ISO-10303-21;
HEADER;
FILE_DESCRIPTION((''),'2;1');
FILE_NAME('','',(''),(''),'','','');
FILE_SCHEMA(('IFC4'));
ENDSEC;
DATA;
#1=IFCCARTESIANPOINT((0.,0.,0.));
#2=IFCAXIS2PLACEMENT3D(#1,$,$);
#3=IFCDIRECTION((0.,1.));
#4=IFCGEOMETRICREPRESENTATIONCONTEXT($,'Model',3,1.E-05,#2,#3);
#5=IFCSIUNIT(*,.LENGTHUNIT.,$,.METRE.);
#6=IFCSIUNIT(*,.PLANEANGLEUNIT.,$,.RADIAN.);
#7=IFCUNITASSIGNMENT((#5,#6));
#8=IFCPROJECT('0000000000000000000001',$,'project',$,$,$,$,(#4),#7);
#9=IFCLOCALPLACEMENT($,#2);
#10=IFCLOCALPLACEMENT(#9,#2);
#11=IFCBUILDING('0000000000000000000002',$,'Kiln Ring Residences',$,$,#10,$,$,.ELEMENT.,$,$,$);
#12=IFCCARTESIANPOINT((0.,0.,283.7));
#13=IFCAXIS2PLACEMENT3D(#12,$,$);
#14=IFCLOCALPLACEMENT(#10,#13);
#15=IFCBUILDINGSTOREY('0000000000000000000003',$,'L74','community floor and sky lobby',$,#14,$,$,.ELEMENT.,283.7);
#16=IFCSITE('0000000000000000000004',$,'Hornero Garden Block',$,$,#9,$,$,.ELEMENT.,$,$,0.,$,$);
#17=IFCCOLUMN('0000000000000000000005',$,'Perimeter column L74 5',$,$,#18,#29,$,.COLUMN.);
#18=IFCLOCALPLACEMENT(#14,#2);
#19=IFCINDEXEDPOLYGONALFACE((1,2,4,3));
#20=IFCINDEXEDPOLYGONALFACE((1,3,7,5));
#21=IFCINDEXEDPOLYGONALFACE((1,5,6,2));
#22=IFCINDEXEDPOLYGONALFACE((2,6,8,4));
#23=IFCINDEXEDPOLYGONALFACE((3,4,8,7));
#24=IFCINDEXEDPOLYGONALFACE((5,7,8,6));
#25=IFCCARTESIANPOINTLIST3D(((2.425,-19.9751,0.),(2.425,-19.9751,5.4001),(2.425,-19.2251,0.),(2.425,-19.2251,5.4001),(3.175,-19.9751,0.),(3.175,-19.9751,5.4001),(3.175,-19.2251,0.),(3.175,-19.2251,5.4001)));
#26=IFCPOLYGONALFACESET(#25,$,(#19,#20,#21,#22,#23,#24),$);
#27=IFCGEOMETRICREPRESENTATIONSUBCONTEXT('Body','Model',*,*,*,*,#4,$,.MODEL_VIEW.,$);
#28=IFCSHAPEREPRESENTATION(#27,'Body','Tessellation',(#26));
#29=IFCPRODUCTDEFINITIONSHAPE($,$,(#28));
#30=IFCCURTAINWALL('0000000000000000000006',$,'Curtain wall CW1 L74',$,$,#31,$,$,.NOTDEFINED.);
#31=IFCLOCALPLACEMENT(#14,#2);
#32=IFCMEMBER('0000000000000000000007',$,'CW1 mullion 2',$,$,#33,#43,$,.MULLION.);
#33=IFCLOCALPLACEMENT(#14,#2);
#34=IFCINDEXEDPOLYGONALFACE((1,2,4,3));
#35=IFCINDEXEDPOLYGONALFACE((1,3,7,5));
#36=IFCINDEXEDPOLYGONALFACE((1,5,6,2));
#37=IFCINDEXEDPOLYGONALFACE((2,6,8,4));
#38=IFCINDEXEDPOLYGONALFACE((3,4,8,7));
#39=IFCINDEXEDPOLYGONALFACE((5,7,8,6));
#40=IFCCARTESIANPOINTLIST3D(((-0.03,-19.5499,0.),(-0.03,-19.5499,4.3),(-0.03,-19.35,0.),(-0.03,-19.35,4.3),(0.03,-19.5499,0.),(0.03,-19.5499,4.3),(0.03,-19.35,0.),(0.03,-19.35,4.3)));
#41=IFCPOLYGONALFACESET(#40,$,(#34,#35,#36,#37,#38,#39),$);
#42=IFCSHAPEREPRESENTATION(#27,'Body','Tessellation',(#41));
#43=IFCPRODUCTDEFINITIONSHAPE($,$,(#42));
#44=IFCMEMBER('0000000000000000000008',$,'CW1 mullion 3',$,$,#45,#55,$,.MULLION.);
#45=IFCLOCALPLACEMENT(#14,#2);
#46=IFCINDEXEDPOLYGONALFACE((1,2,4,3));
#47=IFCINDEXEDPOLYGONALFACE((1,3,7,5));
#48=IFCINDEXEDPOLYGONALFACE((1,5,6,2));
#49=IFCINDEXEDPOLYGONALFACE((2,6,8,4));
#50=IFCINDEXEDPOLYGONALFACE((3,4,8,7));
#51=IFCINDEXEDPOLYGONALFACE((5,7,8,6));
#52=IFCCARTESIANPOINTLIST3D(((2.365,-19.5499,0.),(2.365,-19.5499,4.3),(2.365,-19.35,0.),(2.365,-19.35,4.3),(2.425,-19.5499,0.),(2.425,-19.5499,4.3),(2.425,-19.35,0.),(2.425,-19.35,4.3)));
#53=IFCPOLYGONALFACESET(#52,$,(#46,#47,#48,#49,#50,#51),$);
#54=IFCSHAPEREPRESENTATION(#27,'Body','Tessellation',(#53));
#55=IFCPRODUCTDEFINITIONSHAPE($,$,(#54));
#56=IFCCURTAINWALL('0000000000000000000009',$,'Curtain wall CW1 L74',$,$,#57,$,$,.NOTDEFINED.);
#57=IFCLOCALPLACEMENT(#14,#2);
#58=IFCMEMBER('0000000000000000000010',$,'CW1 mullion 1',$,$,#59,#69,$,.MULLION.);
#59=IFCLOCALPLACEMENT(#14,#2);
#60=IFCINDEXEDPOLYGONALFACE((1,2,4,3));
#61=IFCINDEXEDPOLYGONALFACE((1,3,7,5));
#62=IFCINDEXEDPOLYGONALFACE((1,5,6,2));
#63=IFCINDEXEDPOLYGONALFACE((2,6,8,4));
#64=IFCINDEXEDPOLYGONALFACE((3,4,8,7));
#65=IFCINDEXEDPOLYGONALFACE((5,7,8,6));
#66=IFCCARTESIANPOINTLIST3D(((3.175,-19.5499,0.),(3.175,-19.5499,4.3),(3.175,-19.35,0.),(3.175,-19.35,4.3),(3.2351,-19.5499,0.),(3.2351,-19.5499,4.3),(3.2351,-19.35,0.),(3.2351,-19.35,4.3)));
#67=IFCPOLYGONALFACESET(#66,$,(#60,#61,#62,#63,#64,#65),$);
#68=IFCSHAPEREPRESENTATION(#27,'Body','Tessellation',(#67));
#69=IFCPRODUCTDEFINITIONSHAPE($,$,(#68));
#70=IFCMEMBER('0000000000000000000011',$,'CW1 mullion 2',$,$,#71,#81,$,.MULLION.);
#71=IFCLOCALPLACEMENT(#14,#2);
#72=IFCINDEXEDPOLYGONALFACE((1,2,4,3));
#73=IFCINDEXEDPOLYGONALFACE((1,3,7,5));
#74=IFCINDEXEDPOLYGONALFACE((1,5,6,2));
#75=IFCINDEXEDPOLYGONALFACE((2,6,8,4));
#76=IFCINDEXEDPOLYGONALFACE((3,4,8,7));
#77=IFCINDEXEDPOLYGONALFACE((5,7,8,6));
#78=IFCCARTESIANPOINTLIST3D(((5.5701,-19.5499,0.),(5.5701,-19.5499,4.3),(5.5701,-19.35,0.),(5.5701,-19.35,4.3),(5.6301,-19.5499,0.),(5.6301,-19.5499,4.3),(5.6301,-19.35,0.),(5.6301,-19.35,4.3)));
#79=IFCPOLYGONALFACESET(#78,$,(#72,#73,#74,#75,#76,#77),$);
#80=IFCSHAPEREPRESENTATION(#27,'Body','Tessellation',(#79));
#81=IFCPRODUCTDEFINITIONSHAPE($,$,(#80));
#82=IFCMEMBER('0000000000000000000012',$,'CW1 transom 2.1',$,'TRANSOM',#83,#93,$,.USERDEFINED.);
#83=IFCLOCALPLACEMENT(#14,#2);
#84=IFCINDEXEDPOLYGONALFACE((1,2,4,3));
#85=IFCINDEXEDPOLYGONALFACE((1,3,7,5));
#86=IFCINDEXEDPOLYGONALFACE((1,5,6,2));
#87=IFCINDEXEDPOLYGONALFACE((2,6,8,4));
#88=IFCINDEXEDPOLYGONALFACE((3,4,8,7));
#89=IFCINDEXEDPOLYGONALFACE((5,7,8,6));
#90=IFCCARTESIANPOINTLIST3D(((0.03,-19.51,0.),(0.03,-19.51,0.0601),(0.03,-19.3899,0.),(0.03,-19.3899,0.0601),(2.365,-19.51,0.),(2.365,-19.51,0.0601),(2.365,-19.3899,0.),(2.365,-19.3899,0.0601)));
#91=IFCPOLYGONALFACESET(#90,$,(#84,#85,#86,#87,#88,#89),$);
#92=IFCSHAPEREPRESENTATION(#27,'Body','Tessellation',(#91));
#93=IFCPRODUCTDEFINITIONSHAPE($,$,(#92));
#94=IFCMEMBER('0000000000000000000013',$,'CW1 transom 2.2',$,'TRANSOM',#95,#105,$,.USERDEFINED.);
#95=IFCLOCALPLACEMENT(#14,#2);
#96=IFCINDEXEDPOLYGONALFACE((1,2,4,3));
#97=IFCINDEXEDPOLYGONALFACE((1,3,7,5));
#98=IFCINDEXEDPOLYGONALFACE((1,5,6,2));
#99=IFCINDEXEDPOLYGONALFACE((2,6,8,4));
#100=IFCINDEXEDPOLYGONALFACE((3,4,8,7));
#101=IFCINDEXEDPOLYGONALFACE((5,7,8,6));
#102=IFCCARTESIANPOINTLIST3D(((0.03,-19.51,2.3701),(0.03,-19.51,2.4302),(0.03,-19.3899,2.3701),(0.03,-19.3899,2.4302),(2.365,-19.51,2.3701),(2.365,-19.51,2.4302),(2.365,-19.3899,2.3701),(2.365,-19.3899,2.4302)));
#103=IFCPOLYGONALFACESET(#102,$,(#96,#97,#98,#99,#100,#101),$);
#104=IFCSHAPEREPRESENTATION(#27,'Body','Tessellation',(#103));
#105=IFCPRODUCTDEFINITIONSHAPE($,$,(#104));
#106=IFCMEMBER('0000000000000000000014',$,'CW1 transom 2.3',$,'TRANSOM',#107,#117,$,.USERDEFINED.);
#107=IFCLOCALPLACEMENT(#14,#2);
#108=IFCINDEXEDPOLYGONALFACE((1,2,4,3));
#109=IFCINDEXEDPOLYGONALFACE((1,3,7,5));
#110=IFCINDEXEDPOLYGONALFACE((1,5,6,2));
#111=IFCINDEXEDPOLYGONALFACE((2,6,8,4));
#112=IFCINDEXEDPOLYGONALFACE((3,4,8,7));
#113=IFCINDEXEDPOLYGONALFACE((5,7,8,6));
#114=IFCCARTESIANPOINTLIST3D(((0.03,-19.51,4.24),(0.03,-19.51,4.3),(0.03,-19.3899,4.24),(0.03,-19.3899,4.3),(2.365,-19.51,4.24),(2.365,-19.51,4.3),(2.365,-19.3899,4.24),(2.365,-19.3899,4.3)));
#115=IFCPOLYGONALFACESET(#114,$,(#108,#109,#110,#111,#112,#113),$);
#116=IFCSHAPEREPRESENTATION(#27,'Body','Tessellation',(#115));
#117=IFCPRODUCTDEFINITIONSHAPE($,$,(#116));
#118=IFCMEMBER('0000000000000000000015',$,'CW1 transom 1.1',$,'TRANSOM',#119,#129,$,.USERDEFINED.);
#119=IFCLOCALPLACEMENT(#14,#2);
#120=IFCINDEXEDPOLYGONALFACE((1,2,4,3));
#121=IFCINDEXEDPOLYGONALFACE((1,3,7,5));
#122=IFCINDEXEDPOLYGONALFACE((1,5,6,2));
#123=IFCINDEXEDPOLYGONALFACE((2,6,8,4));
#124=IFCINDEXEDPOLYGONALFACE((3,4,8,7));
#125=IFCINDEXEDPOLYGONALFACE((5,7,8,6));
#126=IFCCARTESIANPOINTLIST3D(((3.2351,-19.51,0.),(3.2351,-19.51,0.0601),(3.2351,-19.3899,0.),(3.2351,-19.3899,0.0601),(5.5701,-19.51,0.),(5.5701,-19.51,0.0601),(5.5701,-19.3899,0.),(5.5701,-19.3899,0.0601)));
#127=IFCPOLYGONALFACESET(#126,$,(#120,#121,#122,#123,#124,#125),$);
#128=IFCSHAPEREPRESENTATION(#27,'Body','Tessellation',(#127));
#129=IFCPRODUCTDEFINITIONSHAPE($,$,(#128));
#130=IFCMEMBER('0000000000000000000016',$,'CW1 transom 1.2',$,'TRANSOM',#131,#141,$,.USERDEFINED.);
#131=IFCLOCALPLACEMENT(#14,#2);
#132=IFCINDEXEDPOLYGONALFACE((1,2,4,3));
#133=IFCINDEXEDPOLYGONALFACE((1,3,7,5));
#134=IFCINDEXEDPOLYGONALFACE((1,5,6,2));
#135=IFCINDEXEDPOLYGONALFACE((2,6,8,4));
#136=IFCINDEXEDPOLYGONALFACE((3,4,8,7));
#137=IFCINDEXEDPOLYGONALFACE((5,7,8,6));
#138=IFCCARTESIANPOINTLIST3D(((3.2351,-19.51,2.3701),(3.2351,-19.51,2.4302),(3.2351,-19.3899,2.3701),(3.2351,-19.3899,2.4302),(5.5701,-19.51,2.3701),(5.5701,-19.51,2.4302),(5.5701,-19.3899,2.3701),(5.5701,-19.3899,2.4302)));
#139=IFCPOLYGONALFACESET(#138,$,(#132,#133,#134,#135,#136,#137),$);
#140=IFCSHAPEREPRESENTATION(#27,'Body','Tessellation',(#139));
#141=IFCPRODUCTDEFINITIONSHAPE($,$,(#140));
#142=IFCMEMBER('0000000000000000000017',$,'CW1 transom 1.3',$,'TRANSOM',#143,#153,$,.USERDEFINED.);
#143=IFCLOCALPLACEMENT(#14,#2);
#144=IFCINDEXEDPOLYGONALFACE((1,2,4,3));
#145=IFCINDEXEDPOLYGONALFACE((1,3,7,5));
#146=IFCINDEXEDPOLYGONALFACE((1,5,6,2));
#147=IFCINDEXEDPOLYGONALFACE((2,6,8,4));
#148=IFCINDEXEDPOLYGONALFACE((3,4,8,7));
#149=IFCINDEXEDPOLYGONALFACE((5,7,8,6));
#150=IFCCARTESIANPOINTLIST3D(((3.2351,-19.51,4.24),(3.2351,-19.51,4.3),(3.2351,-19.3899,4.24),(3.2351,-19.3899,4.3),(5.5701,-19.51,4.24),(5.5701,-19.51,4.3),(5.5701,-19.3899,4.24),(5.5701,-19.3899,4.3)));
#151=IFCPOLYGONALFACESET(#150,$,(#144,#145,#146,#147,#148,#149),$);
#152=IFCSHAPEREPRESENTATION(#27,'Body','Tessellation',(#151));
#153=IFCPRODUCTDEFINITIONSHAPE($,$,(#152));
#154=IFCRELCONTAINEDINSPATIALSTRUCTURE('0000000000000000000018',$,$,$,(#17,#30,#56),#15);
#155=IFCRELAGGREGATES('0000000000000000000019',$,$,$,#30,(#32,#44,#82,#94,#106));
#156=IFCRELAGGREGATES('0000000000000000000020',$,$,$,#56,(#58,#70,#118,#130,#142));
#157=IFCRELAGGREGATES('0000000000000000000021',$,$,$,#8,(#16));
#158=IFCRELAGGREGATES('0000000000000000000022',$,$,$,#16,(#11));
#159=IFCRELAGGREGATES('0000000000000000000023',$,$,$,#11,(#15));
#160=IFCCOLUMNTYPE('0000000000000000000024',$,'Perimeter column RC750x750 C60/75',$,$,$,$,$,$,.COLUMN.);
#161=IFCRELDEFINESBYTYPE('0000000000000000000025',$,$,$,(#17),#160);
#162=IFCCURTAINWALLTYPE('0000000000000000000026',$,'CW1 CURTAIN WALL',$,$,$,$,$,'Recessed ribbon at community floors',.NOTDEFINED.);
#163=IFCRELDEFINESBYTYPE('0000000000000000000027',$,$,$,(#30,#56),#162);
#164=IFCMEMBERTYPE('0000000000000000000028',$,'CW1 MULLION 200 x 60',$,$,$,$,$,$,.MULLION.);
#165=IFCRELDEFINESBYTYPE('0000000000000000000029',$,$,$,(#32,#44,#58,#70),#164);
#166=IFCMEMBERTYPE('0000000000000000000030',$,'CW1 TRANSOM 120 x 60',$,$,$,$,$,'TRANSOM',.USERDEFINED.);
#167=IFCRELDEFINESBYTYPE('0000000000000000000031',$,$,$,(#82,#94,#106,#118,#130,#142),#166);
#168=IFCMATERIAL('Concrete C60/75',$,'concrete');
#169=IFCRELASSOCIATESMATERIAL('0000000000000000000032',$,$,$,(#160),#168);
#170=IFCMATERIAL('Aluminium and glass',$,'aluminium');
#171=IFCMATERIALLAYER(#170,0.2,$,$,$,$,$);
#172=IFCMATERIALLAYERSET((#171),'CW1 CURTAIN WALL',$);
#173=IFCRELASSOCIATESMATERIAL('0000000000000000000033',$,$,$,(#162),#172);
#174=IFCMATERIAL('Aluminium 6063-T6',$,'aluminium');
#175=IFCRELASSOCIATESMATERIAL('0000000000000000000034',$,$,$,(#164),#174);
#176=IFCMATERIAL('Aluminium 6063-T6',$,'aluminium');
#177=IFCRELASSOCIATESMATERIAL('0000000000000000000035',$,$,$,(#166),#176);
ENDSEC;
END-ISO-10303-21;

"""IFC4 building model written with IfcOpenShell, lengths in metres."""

from ifc_helpers import new_model, si_unit, direction, frame, origin, origin_2d, place, context, subcontext, project, spatial, rectangle, extrude, material, layer, layer_set, material_profile, profile_set, type_object, element, aggregate, save


model = new_model("IFC4")

# Units and contexts
model_context = context("Model", 3, precision=1e-05, world=origin(), true_north=direction((0.0, 1.0)))
body_context = subcontext(model_context, "Body", "Model", "MODEL_VIEW")
ifc_project = project(units=[si_unit("LENGTHUNIT", "METRE"), si_unit("PLANEANGLEUNIT", "RADIAN")], contexts=[model_context])

# Site, building, storey
site_placement = place(None, origin())
site = spatial("IfcSite", under=ifc_project, at=site_placement, Name="Hornero Garden Block", CompositionType="ELEMENT", RefElevation=0.0)
building_placement = place(site_placement, origin())
building = spatial("IfcBuilding", under=site, at=building_placement, Name="Kiln Ring Residences", CompositionType="ELEMENT")
storey_placement = place(building_placement, frame((0.0, 0.0, 283.7)))
storey = spatial("IfcBuildingStorey", under=building, at=storey_placement, Name="L74", Description="community floor and sky lobby", CompositionType="ELEMENT", Elevation=283.7)

# Column
ifc_material_1 = material(Name="Concrete C60/75", Category="concrete")
ifc_material_profile_1 = material_profile(ifc_material_1, rectangle(XDim=0.75, YDim=0.75, at=origin_2d()), Name="RC750x750")
ifc_profile_set_1 = profile_set([ifc_material_profile_1], Name="Concrete C60/75")
column_type = type_object("IfcColumnType", Name="Perimeter column RC750x750 C60/75", PredefinedType="COLUMN", material=ifc_profile_set_1)
column_placement = place(storey_placement, frame((2.8, -19.6001, 0.0), z_axis=(0.0, 0.0, 1.0), x_axis=(1.0, 0.0, 0.0)))
element("IfcColumn", 1, at=column_placement, inside=storey, type_object=column_type, Name="Perimeter column L74 5", PredefinedType="COLUMN", context=body_context, shape_type="SweptSolid", body=[
    extrude(rectangle(XDim=0.75, YDim=0.75, at=origin_2d()), origin(), (0.0, 0.0, 1.0), 5.4001),
])

# Curtain walls, members
ifc_material_2 = material(Name="Aluminium and glass", Category="aluminium")
ifc_layer_1 = layer(ifc_material_2, 0.2)
ifc_layer_set_1 = layer_set([ifc_layer_1], Name="CW1 CURTAIN WALL")
curtain_wall_type = type_object("IfcCurtainWallType", Name="CW1 CURTAIN WALL", ElementType="Recessed ribbon at community floors", PredefinedType="NOTDEFINED", material=ifc_layer_set_1)
placement = place(storey_placement, origin())
curtain_wall_1 = element("IfcCurtainWall", 2, at=placement, inside=storey, type_object=curtain_wall_type, Name="Curtain wall CW1 L74", PredefinedType="NOTDEFINED")
ifc_material_3 = material(Name="Aluminium 6063-T6", Category="aluminium")
ifc_material_profile_2 = material_profile(ifc_material_3, rectangle(XDim=0.2, YDim=0.0601, at=origin_2d()), Name="AL 200x60")
ifc_profile_set_2 = profile_set([ifc_material_profile_2], Name="Aluminium 6063-T6")
member_type_1 = type_object("IfcMemberType", Name="CW1 MULLION 200 x 60", PredefinedType="MULLION", material=ifc_profile_set_2)
member_1_placement = place(storey_placement, frame((0.0, -19.45, 0.0), z_axis=(0.0, 0.0, 1.0), x_axis=(0.0, 1.0, 0.0)))
member_1 = element("IfcMember", 3, at=member_1_placement, type_object=member_type_1, Name="CW1 mullion 2", PredefinedType="MULLION", context=body_context, shape_type="SweptSolid", body=[
    extrude(rectangle(XDim=0.2, YDim=0.0601, at=origin_2d()), origin(), (0.0, 0.0, 1.0), 4.3),
])
member_2_placement = place(storey_placement, frame((2.395, -19.45, 0.0), z_axis=(0.0, 0.0, 1.0), x_axis=(0.0, 1.0, 0.0)))
member_2 = element("IfcMember", 4, at=member_2_placement, type_object=member_type_1, Name="CW1 mullion 3", PredefinedType="MULLION", context=body_context, shape_type="SweptSolid", body=[
    extrude(rectangle(XDim=0.2, YDim=0.0601, at=origin_2d()), origin(), (0.0, 0.0, 1.0), 4.3),
])
curtain_wall_2 = element("IfcCurtainWall", 5, at=placement, inside=storey, type_object=curtain_wall_type, Name="Curtain wall CW1 L74", PredefinedType="NOTDEFINED")
member_3_placement = place(storey_placement, frame((3.2051, -19.45, 0.0), z_axis=(0.0, 0.0, 1.0), x_axis=(0.0, 1.0, 0.0)))
member_3 = element("IfcMember", 6, at=member_3_placement, type_object=member_type_1, Name="CW1 mullion 1", PredefinedType="MULLION", context=body_context, shape_type="SweptSolid", body=[
    extrude(rectangle(XDim=0.2, YDim=0.0601, at=origin_2d()), origin(), (0.0, 0.0, 1.0), 4.3),
])
member_4_placement = place(storey_placement, frame((5.6001, -19.45, 0.0), z_axis=(0.0, 0.0, 1.0), x_axis=(0.0, 1.0, 0.0)))
member_4 = element("IfcMember", 7, at=member_4_placement, type_object=member_type_1, Name="CW1 mullion 2", PredefinedType="MULLION", context=body_context, shape_type="SweptSolid", body=[
    extrude(rectangle(XDim=0.2, YDim=0.0601, at=origin_2d()), origin(), (0.0, 0.0, 1.0), 4.3),
])

# Members
ifc_material_4 = material(Name="Aluminium 6063-T6", Category="aluminium")
ifc_material_profile_3 = material_profile(ifc_material_4, rectangle(XDim=0.1201, YDim=0.0601, at=origin_2d()), Name="AL 120x60")
ifc_profile_set_3 = profile_set([ifc_material_profile_3], Name="Aluminium 6063-T6")
member_type_2 = type_object("IfcMemberType", Name="CW1 TRANSOM 120 x 60", ElementType="TRANSOM", PredefinedType="USERDEFINED", material=ifc_profile_set_3)
member_5_placement = place(storey_placement, frame((0.03, -19.45, 0.03), z_axis=(1.0, 0.0, 0.0), x_axis=(0.0, 1.0, 0.0)))
member_5 = element("IfcMember", 8, at=member_5_placement, type_object=member_type_2, Name="CW1 transom 2.1", ObjectType="TRANSOM", PredefinedType="USERDEFINED", context=body_context, shape_type="SweptSolid", body=[
    extrude(rectangle(XDim=0.1201, YDim=0.0601, at=origin_2d()), origin(), (0.0, 0.0, 1.0), 2.335),
])
member_6_placement = place(storey_placement, frame((0.03, -19.45, 2.4001), z_axis=(1.0, 0.0, 0.0), x_axis=(0.0, 1.0, 0.0)))
member_6 = element("IfcMember", 9, at=member_6_placement, type_object=member_type_2, Name="CW1 transom 2.2", ObjectType="TRANSOM", PredefinedType="USERDEFINED", context=body_context, shape_type="SweptSolid", body=[
    extrude(rectangle(XDim=0.1201, YDim=0.0601, at=origin_2d()), origin(), (0.0, 0.0, 1.0), 2.335),
])
member_7_placement = place(storey_placement, frame((0.03, -19.45, 4.27), z_axis=(1.0, 0.0, 0.0), x_axis=(0.0, 1.0, 0.0)))
member_7 = element("IfcMember", 10, at=member_7_placement, type_object=member_type_2, Name="CW1 transom 2.3", ObjectType="TRANSOM", PredefinedType="USERDEFINED", context=body_context, shape_type="SweptSolid", body=[
    extrude(rectangle(XDim=0.1201, YDim=0.0601, at=origin_2d()), origin(), (0.0, 0.0, 1.0), 2.335),
])
member_8_placement = place(storey_placement, frame((3.2351, -19.45, 0.03), z_axis=(1.0, 0.0, 0.0), x_axis=(0.0, 1.0, 0.0)))
member_8 = element("IfcMember", 11, at=member_8_placement, type_object=member_type_2, Name="CW1 transom 1.1", ObjectType="TRANSOM", PredefinedType="USERDEFINED", context=body_context, shape_type="SweptSolid", body=[
    extrude(rectangle(XDim=0.1201, YDim=0.0601, at=origin_2d()), origin(), (0.0, 0.0, 1.0), 2.335),
])
member_9_placement = place(storey_placement, frame((3.2351, -19.45, 2.4001), z_axis=(1.0, 0.0, 0.0), x_axis=(0.0, 1.0, 0.0)))
member_9 = element("IfcMember", 12, at=member_9_placement, type_object=member_type_2, Name="CW1 transom 1.2", ObjectType="TRANSOM", PredefinedType="USERDEFINED", context=body_context, shape_type="SweptSolid", body=[
    extrude(rectangle(XDim=0.1201, YDim=0.0601, at=origin_2d()), origin(), (0.0, 0.0, 1.0), 2.335),
])
member_10_placement = place(storey_placement, frame((3.2351, -19.45, 4.27), z_axis=(1.0, 0.0, 0.0), x_axis=(0.0, 1.0, 0.0)))
member_10 = element("IfcMember", 13, at=member_10_placement, type_object=member_type_2, Name="CW1 transom 1.3", ObjectType="TRANSOM", PredefinedType="USERDEFINED", context=body_context, shape_type="SweptSolid", body=[
    extrude(rectangle(XDim=0.1201, YDim=0.0601, at=origin_2d()), origin(), (0.0, 0.0, 1.0), 2.335),
])

aggregate(curtain_wall_1, [member_1, member_2, member_5, member_6, member_7])
aggregate(curtain_wall_2, [member_3, member_4, member_8, member_9, member_10])

save(model, "model.ifc")
